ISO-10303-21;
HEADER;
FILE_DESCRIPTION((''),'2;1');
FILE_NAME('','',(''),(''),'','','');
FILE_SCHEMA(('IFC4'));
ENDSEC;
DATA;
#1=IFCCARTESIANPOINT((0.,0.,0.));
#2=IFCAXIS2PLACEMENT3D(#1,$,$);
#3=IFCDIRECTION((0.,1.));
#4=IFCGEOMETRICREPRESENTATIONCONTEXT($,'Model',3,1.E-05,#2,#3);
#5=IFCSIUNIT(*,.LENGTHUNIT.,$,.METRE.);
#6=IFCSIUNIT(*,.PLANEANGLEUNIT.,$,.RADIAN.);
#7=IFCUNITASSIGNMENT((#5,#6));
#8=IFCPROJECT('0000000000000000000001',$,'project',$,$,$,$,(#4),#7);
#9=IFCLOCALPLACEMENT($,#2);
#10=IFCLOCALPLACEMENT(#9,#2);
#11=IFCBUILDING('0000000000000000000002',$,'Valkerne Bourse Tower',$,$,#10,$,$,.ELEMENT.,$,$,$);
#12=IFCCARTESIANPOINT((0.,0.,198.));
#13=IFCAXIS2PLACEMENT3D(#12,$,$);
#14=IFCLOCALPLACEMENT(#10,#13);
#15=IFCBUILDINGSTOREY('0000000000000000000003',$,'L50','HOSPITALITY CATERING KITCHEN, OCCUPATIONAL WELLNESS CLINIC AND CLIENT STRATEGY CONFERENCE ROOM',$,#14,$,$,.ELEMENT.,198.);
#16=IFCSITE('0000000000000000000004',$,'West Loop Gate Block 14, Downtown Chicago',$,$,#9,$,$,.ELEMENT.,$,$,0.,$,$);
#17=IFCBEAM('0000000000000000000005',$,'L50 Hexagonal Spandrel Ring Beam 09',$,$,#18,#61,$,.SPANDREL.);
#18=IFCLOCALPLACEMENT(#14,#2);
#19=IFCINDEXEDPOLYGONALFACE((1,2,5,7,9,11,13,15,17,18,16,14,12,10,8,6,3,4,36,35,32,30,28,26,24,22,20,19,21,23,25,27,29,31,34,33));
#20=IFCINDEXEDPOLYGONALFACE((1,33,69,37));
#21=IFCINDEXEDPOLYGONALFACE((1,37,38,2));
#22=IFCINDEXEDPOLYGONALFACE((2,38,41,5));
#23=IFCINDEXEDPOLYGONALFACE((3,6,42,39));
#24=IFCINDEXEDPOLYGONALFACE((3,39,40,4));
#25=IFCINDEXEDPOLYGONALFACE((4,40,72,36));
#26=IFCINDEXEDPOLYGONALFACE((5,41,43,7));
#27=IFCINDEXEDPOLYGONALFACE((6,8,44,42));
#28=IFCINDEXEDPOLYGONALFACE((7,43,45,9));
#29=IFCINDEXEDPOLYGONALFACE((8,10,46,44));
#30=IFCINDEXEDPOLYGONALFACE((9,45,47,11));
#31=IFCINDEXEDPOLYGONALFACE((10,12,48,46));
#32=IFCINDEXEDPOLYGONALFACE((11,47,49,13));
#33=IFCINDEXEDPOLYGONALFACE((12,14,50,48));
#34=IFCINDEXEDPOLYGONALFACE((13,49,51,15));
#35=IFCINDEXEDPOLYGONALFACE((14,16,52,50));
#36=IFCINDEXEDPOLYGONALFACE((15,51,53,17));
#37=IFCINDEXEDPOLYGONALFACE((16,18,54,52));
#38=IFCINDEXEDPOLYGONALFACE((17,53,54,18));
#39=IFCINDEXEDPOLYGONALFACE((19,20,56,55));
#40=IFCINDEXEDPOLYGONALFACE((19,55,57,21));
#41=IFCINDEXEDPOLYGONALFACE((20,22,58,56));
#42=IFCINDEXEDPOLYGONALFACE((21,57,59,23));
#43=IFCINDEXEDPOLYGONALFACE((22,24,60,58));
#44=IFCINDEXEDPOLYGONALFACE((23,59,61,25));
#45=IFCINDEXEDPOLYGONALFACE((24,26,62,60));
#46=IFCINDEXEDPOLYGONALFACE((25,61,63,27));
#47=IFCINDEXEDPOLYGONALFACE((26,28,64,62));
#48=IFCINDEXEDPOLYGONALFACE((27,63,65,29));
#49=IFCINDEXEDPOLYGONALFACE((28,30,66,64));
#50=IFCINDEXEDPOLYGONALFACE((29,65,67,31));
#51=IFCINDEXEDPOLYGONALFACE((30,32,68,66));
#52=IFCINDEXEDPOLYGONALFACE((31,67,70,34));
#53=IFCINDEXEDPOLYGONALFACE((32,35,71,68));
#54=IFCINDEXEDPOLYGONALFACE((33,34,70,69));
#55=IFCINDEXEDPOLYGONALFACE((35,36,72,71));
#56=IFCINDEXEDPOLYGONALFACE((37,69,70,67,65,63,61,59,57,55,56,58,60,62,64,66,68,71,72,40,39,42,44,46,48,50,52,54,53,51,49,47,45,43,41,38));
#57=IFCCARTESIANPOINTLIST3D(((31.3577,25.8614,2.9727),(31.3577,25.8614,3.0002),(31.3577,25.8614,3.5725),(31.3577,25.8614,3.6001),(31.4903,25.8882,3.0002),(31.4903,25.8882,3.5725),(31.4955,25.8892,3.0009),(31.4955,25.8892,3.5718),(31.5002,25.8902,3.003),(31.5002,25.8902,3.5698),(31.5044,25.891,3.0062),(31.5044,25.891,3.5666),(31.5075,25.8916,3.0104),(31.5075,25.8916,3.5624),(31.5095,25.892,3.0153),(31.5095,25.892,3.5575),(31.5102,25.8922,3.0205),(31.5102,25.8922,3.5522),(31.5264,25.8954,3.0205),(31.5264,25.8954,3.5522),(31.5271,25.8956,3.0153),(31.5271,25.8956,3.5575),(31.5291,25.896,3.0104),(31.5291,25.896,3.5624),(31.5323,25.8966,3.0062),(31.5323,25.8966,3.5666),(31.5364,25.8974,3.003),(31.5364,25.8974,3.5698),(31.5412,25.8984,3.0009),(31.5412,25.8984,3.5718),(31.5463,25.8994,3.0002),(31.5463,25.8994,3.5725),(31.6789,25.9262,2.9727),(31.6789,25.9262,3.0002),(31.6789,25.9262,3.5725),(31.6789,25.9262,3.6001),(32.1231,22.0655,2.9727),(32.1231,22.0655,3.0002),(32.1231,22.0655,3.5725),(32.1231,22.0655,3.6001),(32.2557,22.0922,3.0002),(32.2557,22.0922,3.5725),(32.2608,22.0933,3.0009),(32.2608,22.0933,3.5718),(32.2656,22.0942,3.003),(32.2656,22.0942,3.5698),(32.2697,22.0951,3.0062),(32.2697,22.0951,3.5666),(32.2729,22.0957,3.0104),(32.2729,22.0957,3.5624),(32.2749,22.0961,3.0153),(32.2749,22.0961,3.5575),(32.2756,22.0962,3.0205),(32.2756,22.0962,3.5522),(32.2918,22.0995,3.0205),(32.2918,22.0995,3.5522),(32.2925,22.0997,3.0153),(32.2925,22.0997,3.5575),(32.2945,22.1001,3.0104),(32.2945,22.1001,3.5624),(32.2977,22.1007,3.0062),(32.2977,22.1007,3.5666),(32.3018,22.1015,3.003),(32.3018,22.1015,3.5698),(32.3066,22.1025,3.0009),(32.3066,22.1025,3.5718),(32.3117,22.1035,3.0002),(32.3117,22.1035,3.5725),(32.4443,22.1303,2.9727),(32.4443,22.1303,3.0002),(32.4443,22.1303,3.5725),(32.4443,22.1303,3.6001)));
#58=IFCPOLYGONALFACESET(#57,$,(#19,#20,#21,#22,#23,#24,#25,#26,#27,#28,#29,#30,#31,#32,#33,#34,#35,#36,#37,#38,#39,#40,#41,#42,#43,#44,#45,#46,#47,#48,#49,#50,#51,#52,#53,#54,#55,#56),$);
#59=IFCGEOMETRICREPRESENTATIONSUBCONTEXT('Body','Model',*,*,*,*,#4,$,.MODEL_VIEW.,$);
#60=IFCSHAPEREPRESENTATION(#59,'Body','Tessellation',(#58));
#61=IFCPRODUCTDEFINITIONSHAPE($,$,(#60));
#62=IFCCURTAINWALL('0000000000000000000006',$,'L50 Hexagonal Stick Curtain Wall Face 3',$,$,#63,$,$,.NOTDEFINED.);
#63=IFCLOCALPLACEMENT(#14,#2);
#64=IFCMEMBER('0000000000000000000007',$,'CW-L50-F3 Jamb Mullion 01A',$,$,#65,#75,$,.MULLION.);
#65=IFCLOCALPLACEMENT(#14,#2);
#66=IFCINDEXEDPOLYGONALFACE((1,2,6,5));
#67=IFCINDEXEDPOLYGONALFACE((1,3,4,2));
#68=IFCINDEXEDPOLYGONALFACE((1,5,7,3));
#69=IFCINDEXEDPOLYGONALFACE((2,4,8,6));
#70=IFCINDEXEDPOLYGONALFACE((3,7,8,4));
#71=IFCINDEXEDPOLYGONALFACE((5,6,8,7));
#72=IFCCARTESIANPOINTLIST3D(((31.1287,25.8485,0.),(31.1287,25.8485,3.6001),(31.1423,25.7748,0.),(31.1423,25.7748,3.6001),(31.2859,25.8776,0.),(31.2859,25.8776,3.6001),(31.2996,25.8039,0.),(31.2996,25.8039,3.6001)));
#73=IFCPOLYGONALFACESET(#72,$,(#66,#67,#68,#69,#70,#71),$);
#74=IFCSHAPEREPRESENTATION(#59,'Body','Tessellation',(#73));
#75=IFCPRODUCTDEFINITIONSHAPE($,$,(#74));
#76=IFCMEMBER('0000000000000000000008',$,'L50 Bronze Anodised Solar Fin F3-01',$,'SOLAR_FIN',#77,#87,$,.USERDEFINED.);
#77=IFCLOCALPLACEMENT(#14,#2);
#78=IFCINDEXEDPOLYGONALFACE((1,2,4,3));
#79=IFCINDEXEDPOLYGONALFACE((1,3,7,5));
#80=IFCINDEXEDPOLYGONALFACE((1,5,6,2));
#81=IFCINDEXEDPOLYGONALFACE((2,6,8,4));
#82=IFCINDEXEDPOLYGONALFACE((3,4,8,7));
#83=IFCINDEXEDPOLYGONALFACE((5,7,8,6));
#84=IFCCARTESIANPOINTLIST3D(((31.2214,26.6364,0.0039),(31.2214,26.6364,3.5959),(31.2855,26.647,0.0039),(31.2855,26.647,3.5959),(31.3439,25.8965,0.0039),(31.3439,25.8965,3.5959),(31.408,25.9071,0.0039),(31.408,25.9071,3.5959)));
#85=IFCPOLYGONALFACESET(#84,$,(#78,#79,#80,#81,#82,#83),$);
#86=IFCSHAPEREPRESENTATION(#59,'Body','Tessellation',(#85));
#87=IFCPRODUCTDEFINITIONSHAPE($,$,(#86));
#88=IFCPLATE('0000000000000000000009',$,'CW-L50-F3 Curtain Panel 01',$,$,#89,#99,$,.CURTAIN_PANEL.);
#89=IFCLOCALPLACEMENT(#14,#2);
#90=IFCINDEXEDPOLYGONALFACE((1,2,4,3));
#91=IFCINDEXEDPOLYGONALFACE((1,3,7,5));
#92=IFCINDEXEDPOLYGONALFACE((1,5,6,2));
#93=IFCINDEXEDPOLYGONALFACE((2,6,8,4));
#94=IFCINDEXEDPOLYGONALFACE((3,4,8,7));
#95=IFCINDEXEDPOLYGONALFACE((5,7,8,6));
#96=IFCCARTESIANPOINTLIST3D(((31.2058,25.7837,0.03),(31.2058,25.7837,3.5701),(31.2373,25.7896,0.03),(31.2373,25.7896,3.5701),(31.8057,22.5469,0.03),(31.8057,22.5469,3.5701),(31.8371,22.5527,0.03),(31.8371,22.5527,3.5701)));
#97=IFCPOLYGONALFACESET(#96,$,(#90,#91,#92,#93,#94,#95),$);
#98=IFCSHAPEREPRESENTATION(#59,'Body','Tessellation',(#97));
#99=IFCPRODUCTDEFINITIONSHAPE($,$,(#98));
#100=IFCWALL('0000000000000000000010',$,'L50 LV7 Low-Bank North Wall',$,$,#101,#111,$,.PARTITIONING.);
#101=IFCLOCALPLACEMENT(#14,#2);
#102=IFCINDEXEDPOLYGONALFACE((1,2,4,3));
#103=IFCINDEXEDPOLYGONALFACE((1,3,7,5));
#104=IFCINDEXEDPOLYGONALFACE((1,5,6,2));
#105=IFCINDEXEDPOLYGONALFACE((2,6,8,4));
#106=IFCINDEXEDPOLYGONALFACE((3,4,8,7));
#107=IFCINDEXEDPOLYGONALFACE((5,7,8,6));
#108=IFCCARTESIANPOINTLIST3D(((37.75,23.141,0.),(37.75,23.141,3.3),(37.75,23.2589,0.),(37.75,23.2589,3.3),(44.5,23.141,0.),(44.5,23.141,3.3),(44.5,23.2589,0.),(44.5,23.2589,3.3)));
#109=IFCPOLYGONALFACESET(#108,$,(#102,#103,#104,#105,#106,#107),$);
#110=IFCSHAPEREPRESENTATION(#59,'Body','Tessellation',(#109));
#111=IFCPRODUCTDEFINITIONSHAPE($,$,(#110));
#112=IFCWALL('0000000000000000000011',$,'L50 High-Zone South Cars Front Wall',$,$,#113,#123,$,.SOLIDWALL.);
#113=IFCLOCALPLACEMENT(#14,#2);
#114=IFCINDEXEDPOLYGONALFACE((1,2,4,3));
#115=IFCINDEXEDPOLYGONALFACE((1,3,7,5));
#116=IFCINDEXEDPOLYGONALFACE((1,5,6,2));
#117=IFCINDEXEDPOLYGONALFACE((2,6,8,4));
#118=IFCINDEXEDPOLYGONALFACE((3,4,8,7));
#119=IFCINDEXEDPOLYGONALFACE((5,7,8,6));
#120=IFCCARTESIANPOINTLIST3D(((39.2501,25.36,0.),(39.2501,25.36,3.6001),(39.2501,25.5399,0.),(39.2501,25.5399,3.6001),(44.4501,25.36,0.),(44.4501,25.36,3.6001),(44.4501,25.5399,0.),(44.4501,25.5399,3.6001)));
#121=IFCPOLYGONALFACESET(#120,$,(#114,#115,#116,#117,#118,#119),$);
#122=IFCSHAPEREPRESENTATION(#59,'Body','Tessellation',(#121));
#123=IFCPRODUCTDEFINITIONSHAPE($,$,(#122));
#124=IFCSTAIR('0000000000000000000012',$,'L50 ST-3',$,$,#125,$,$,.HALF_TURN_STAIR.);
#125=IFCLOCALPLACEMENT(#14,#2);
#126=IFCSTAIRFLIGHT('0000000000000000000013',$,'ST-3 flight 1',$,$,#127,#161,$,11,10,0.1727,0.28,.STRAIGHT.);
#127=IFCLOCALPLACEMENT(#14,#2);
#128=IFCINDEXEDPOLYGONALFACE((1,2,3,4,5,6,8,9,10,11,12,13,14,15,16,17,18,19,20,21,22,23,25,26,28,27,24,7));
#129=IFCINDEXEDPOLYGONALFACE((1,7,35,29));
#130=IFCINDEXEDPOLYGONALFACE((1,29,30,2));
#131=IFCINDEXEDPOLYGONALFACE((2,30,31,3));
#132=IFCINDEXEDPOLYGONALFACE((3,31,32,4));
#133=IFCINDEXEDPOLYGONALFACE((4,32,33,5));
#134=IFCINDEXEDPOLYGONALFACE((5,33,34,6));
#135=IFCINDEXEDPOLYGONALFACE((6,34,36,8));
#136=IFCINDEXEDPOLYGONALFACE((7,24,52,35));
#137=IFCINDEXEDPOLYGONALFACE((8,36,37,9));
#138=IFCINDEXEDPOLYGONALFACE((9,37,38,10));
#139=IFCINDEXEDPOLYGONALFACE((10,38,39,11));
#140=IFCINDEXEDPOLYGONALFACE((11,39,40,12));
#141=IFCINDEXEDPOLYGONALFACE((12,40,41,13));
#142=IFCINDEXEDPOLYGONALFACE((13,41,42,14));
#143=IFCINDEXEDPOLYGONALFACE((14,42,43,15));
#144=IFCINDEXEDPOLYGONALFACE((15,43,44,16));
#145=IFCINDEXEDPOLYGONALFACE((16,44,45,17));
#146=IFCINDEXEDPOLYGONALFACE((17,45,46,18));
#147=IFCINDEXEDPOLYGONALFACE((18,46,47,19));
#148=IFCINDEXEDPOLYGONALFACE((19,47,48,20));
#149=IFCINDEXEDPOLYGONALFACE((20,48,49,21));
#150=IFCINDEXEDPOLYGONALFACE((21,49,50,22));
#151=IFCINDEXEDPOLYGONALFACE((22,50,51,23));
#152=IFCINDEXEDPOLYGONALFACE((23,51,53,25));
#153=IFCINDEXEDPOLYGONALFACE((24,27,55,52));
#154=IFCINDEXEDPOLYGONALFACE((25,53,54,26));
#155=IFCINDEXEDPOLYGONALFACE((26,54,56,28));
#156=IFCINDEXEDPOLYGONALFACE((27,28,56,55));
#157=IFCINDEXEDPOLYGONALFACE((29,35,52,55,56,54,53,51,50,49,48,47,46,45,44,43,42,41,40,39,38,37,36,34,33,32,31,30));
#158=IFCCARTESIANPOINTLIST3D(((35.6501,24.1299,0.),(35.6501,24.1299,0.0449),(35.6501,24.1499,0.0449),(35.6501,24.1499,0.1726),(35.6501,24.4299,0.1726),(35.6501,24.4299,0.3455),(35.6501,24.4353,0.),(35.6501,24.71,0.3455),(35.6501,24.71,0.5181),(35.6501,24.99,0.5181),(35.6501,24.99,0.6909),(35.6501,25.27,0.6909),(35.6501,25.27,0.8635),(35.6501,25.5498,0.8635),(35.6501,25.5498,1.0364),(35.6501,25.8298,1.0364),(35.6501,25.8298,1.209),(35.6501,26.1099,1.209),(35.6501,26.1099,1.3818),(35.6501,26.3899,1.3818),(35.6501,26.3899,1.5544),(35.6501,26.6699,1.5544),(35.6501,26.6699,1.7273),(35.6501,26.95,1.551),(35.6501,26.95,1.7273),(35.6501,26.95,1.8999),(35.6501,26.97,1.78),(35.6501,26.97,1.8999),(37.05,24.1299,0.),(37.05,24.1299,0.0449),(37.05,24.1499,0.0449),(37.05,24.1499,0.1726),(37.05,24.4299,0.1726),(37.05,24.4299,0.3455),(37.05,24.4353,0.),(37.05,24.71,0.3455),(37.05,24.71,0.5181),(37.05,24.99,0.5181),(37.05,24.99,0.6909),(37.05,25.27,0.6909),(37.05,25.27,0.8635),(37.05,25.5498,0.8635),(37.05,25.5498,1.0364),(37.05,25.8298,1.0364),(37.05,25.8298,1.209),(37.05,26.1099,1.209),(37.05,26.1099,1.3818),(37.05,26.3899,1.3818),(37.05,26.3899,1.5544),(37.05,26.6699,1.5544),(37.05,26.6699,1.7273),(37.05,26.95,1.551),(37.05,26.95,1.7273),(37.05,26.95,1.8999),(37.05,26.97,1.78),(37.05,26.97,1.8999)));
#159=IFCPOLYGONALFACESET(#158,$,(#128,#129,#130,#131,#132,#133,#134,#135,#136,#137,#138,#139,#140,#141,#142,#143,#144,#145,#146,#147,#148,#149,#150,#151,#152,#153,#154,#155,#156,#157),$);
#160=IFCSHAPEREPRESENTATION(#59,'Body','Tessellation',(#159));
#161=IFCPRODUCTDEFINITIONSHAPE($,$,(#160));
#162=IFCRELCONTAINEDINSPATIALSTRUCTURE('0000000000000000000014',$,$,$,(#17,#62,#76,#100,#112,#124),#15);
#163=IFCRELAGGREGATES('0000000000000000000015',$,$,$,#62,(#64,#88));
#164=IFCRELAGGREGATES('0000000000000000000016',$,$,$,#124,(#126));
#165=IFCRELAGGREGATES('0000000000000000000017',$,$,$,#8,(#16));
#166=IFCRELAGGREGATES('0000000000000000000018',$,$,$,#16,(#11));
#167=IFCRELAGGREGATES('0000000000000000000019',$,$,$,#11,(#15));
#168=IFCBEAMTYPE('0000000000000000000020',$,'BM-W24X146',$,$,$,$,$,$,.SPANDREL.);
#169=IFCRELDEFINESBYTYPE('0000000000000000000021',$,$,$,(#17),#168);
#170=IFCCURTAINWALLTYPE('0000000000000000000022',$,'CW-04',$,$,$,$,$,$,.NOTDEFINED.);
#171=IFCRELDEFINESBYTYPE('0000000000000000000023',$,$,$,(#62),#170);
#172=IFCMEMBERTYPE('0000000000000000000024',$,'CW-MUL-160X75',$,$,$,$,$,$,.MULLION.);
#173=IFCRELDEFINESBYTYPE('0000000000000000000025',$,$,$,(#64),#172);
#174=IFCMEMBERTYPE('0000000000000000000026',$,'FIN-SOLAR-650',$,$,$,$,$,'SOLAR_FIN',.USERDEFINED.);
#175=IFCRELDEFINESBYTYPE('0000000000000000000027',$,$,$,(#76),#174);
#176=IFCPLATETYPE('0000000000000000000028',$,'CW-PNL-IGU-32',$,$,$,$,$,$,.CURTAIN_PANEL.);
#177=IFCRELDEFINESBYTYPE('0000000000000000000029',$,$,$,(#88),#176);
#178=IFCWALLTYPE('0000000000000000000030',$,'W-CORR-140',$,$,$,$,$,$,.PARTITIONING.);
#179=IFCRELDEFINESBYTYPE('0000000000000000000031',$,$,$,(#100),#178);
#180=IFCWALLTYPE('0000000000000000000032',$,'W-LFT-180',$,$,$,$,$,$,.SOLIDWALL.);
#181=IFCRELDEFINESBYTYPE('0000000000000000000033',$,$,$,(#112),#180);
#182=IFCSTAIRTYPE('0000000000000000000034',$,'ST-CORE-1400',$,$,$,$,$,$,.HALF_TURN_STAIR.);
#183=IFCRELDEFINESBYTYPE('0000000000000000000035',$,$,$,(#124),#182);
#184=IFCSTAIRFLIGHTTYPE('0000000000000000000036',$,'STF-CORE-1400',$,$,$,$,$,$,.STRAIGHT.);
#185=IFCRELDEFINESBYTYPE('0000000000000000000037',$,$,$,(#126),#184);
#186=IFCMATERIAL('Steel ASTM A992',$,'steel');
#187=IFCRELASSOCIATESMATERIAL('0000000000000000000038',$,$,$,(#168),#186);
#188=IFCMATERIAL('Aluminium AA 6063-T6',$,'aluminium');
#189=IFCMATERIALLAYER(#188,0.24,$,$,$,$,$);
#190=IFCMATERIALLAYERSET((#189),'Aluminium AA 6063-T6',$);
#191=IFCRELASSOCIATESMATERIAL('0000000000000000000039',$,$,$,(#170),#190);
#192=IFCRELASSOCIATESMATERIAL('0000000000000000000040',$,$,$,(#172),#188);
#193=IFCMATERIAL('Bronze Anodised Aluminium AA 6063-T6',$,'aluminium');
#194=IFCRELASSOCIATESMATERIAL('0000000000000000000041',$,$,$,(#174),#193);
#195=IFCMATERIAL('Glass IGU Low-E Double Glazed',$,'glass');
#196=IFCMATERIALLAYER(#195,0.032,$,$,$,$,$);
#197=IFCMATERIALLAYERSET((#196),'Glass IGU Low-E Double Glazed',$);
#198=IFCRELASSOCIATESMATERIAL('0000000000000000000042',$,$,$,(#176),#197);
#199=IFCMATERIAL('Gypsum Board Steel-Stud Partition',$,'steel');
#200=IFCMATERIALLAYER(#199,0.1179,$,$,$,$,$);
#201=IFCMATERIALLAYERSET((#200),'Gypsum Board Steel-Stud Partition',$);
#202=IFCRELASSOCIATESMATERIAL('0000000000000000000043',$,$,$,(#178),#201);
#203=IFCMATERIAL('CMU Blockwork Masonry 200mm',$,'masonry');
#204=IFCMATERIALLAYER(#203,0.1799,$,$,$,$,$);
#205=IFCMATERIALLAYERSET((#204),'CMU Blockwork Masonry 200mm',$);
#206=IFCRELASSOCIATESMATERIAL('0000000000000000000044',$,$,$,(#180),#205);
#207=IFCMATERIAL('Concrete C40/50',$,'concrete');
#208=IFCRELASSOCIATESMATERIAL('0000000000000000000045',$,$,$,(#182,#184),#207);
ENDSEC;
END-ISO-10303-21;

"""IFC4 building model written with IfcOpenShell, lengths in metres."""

from ifc_helpers import new_model, si_unit, direction, frame, frame_2d, origin, origin_2d, place, context, subcontext, project, spatial, polyline, rectangle, i_section, outline, extrude, material, layer, layer_set, material_profile, profile_set, type_object, element, aggregate, save


model = new_model("IFC4")

# Units and contexts
model_context = context("Model", 3, precision=1e-05, world=origin(), true_north=direction((0.0, 1.0)))
body_context = subcontext(model_context, "Body", "Model", "MODEL_VIEW")
ifc_project = project(units=[si_unit("LENGTHUNIT", "METRE"), si_unit("PLANEANGLEUNIT", "RADIAN")], contexts=[model_context])

# Site, building, storey
site_placement = place(None, origin())
site = spatial("IfcSite", under=ifc_project, at=site_placement, Name="West Loop Gate Block 14, Downtown Chicago", CompositionType="ELEMENT", RefElevation=0.0)
building_placement = place(site_placement, origin())
building = spatial("IfcBuilding", under=site, at=building_placement, Name="Valkerne Bourse Tower", CompositionType="ELEMENT")
storey_placement = place(building_placement, frame((0.0, 0.0, 198.0)))
storey = spatial("IfcBuildingStorey", under=building, at=storey_placement, Name="L50", Description="HOSPITALITY CATERING KITCHEN, OCCUPATIONAL WELLNESS CLINIC AND CLIENT STRATEGY CONFERENCE ROOM", CompositionType="ELEMENT", Elevation=198.0)

# Beam
ifc_material_1 = material(Name="Steel ASTM A992", Category="steel")
ifc_material_profile_1 = material_profile(ifc_material_1, i_section(OverallWidth=0.3276, OverallDepth=0.6274, WebThickness=0.0166, FlangeThickness=0.0276, FilletRadius=0.0203, at=origin_2d()), Name="W24X146")
ifc_profile_set_1 = profile_set([ifc_material_profile_1], Name="Steel ASTM A992")
beam_type_1 = type_object("IfcBeamType", Name="BM-W24X146", PredefinedType="SPANDREL", material=ifc_profile_set_1)
beam_1_placement = place(storey_placement, frame((31.5183, 25.8938, 3.2864), z_axis=(0.197656, -0.980272, 0.0), x_axis=(0.980272, 0.197656, 0.0)))
element("IfcBeam", 1, at=beam_1_placement, inside=storey, type_object=beam_type_1, Name="L50 Hexagonal Spandrel Ring Beam 09", PredefinedType="SPANDREL", context=body_context, shape_type="SweptSolid", body=[
    extrude(i_section(OverallWidth=0.3276, OverallDepth=0.6274, WebThickness=0.0166, FlangeThickness=0.0276, FilletRadius=0.0203, at=origin_2d()), origin(), (0.0, 0.0, 1.0), 3.8723),
])

# Curtain wall, member
ifc_material_2 = material(Name="Aluminium AA 6063-T6", Category="aluminium")
ifc_layer_1 = layer(ifc_material_2, 0.24)
ifc_layer_set_1 = layer_set([ifc_layer_1], Name="Aluminium AA 6063-T6")
curtain_wall_type = type_object("IfcCurtainWallType", Name="CW-04", PredefinedType="NOTDEFINED", material=ifc_layer_set_1)
curtain_wall_placement = place(storey_placement, origin())
curtain_wall = element("IfcCurtainWall", 2, at=curtain_wall_placement, inside=storey, type_object=curtain_wall_type, Name="L50 Hexagonal Stick Curtain Wall Face 3", PredefinedType="NOTDEFINED")
ifc_material_profile_2 = material_profile(ifc_material_2, rectangle(XDim=0.075, YDim=0.1599, at=origin_2d()), Name="CWM-75X160")
ifc_profile_set_2 = profile_set([ifc_material_profile_2], Name="Aluminium AA 6063-T6")
member_type_1 = type_object("IfcMemberType", Name="CW-MUL-160X75", PredefinedType="MULLION", material=ifc_profile_set_2)
member_1_placement = place(storey_placement, frame((31.2141, 25.8262, 0.0), z_axis=(0.0, 0.0, 1.0), x_axis=(0.182217, -0.983258, 0.0)))
member_1 = element("IfcMember", 3, at=member_1_placement, type_object=member_type_1, Name="CW-L50-F3 Jamb Mullion 01A", PredefinedType="MULLION", context=body_context, shape_type="SweptSolid", body=[
    extrude(rectangle(XDim=0.075, YDim=0.1599, at=origin_2d()), origin(), (0.0, 0.0, 1.0), 3.6001),
])

# Member
ifc_material_3 = material(Name="Bronze Anodised Aluminium AA 6063-T6", Category="aluminium")
ifc_material_profile_3 = material_profile(ifc_material_3, rectangle(XDim=0.0649, YDim=0.75, at=origin_2d()), Name="FIN-65X750")
ifc_profile_set_3 = profile_set([ifc_material_profile_3], Name="Bronze Anodised Aluminium AA 6063-T6")
member_type_2 = type_object("IfcMemberType", Name="FIN-SOLAR-650", ElementType="SOLAR_FIN", PredefinedType="USERDEFINED", material=ifc_profile_set_3)
member_2_placement = place(storey_placement, frame((31.3147, 26.2717, 0.0039), z_axis=(0.0, 0.0, 1.0), x_axis=(-0.986572, -0.16333, 0.0)))
element("IfcMember", 4, at=member_2_placement, inside=storey, type_object=member_type_2, Name="L50 Bronze Anodised Solar Fin F3-01", ObjectType="SOLAR_FIN", PredefinedType="USERDEFINED", context=body_context, shape_type="SweptSolid", body=[
    extrude(rectangle(XDim=0.0649, YDim=0.75, at=origin_2d()), origin(), (0.0, 0.0, 1.0), 3.592),
])

# Plate
ifc_material_4 = material(Name="Glass IGU Low-E Double Glazed", Category="glass")
ifc_layer_2 = layer(ifc_material_4, 0.032)
ifc_layer_set_2 = layer_set([ifc_layer_2], Name="Glass IGU Low-E Double Glazed")
plate_type = type_object("IfcPlateType", Name="CW-PNL-IGU-32", PredefinedType="CURTAIN_PANEL", material=ifc_layer_set_2)
plate_placement = place(storey_placement, frame((31.5215, 24.1682, 0.03), z_axis=(0.0, 0.0, 1.0), x_axis=(0.182217, -0.983258, 0.0)))
plate = element("IfcPlate", 5, at=plate_placement, type_object=plate_type, Name="CW-L50-F3 Curtain Panel 01", PredefinedType="CURTAIN_PANEL", context=body_context, shape_type="SweptSolid", body=[
    extrude(rectangle(XDim=3.292, YDim=0.032, at=origin_2d()), origin(), (0.0, 0.0, 1.0), 3.54),
])
aggregate(curtain_wall, [member_1, plate])

# Walls
ifc_material_5 = material(Name="Gypsum Board Steel-Stud Partition", Category="steel")
ifc_layer_3 = layer(ifc_material_5, 0.1179)
ifc_layer_set_3 = layer_set([ifc_layer_3], Name="Gypsum Board Steel-Stud Partition")
wall_type_1 = type_object("IfcWallType", Name="W-CORR-140", PredefinedType="PARTITIONING", material=ifc_layer_set_3)
wall_1_placement = place(storey_placement, frame((37.75, 23.2, 0.0), z_axis=(0.0, 0.0, 1.0), x_axis=(1.0, 0.0, 0.0)))
element("IfcWall", 6, at=wall_1_placement, inside=storey, type_object=wall_type_1, Name="L50 LV7 Low-Bank North Wall", PredefinedType="PARTITIONING", context=body_context, shape_type="SweptSolid", body=[
    extrude(rectangle(XDim=6.75, YDim=0.1179, at=frame_2d((3.375, 0.0))), origin(), (0.0, 0.0, 1.0), 3.3),
])
ifc_material_6 = material(Name="CMU Blockwork Masonry 200mm", Category="masonry")
ifc_layer_4 = layer(ifc_material_6, 0.1799)
ifc_layer_set_4 = layer_set([ifc_layer_4], Name="CMU Blockwork Masonry 200mm")
wall_type_2 = type_object("IfcWallType", Name="W-LFT-180", PredefinedType="SOLIDWALL", material=ifc_layer_set_4)
wall_2_placement = place(storey_placement, frame((39.25, 25.45, 0.0), z_axis=(0.0, 0.0, 1.0), x_axis=(1.0, 0.0, 0.0)))
element("IfcWall", 7, at=wall_2_placement, inside=storey, type_object=wall_type_2, Name="L50 High-Zone South Cars Front Wall", PredefinedType="SOLIDWALL", context=body_context, shape_type="SweptSolid", body=[
    extrude(rectangle(XDim=5.2, YDim=0.1799, at=frame_2d((2.6001, 0.0))), origin(), (0.0, 0.0, 1.0), 3.6001),
])

# Stair, stair flight
ifc_material_7 = material(Name="Concrete C40/50", Category="concrete")
stair_type = type_object("IfcStairType", Name="ST-CORE-1400", PredefinedType="HALF_TURN_STAIR", material=ifc_material_7)
stair_placement = place(storey_placement, origin())
stair = element("IfcStair", 8, at=stair_placement, inside=storey, type_object=stair_type, Name="L50 ST-3", PredefinedType="HALF_TURN_STAIR")
stair_flight_type = type_object("IfcStairFlightType", Name="STF-CORE-1400", PredefinedType="STRAIGHT", material=ifc_material_7)
stair_flight_1_placement = place(storey_placement, frame((36.3501, 24.1499, 0.0), z_axis=(0.0, 0.0, 1.0), x_axis=(0.0, 1.0, 0.0)))
stair_flight_1 = element("IfcStairFlight", 9, at=stair_flight_1_placement, type_object=stair_flight_type, Name="ST-3 flight 1", NumberOfRisers=11, NumberOfTreads=10, PredefinedType="STRAIGHT", RiserHeight=0.1727, TreadLength=0.28, context=body_context, shape_type="SweptSolid", body=[
    extrude(outline(polyline([(-0.02, 0.0), (-0.02, 0.0449), (0.0, 0.0449), (0.0, 0.1726), (0.28, 0.1726), (0.28, 0.3455), (0.5601, 0.3455), (0.5601, 0.5181), (0.8401, 0.5181), (0.8401, 0.6909), (1.1201, 0.6909), (1.1201, 0.8635), (1.3999, 0.8635), (1.3999, 1.0364), (1.6799, 1.0364), (1.6799, 1.209), (1.96, 1.209), (1.96, 1.3818), (2.24, 1.3818), (2.24, 1.5544), (2.52, 1.5544), (2.52, 1.7273), (2.8, 1.7273), (2.8, 1.8999), (2.8201, 1.8999), (2.8201, 1.78), (2.8, 1.551), (0.2854, 0.0), (-0.02, 0.0)])), frame((0.0, 0.7, 0.0), z_axis=(0.0, -1.0, 0.0), x_axis=(1.0, 0.0, 0.0)), (0.0, 0.0, 1.0), 1.3999),
])
aggregate(stair, [stair_flight_1])

save(model, "model.ifc")
